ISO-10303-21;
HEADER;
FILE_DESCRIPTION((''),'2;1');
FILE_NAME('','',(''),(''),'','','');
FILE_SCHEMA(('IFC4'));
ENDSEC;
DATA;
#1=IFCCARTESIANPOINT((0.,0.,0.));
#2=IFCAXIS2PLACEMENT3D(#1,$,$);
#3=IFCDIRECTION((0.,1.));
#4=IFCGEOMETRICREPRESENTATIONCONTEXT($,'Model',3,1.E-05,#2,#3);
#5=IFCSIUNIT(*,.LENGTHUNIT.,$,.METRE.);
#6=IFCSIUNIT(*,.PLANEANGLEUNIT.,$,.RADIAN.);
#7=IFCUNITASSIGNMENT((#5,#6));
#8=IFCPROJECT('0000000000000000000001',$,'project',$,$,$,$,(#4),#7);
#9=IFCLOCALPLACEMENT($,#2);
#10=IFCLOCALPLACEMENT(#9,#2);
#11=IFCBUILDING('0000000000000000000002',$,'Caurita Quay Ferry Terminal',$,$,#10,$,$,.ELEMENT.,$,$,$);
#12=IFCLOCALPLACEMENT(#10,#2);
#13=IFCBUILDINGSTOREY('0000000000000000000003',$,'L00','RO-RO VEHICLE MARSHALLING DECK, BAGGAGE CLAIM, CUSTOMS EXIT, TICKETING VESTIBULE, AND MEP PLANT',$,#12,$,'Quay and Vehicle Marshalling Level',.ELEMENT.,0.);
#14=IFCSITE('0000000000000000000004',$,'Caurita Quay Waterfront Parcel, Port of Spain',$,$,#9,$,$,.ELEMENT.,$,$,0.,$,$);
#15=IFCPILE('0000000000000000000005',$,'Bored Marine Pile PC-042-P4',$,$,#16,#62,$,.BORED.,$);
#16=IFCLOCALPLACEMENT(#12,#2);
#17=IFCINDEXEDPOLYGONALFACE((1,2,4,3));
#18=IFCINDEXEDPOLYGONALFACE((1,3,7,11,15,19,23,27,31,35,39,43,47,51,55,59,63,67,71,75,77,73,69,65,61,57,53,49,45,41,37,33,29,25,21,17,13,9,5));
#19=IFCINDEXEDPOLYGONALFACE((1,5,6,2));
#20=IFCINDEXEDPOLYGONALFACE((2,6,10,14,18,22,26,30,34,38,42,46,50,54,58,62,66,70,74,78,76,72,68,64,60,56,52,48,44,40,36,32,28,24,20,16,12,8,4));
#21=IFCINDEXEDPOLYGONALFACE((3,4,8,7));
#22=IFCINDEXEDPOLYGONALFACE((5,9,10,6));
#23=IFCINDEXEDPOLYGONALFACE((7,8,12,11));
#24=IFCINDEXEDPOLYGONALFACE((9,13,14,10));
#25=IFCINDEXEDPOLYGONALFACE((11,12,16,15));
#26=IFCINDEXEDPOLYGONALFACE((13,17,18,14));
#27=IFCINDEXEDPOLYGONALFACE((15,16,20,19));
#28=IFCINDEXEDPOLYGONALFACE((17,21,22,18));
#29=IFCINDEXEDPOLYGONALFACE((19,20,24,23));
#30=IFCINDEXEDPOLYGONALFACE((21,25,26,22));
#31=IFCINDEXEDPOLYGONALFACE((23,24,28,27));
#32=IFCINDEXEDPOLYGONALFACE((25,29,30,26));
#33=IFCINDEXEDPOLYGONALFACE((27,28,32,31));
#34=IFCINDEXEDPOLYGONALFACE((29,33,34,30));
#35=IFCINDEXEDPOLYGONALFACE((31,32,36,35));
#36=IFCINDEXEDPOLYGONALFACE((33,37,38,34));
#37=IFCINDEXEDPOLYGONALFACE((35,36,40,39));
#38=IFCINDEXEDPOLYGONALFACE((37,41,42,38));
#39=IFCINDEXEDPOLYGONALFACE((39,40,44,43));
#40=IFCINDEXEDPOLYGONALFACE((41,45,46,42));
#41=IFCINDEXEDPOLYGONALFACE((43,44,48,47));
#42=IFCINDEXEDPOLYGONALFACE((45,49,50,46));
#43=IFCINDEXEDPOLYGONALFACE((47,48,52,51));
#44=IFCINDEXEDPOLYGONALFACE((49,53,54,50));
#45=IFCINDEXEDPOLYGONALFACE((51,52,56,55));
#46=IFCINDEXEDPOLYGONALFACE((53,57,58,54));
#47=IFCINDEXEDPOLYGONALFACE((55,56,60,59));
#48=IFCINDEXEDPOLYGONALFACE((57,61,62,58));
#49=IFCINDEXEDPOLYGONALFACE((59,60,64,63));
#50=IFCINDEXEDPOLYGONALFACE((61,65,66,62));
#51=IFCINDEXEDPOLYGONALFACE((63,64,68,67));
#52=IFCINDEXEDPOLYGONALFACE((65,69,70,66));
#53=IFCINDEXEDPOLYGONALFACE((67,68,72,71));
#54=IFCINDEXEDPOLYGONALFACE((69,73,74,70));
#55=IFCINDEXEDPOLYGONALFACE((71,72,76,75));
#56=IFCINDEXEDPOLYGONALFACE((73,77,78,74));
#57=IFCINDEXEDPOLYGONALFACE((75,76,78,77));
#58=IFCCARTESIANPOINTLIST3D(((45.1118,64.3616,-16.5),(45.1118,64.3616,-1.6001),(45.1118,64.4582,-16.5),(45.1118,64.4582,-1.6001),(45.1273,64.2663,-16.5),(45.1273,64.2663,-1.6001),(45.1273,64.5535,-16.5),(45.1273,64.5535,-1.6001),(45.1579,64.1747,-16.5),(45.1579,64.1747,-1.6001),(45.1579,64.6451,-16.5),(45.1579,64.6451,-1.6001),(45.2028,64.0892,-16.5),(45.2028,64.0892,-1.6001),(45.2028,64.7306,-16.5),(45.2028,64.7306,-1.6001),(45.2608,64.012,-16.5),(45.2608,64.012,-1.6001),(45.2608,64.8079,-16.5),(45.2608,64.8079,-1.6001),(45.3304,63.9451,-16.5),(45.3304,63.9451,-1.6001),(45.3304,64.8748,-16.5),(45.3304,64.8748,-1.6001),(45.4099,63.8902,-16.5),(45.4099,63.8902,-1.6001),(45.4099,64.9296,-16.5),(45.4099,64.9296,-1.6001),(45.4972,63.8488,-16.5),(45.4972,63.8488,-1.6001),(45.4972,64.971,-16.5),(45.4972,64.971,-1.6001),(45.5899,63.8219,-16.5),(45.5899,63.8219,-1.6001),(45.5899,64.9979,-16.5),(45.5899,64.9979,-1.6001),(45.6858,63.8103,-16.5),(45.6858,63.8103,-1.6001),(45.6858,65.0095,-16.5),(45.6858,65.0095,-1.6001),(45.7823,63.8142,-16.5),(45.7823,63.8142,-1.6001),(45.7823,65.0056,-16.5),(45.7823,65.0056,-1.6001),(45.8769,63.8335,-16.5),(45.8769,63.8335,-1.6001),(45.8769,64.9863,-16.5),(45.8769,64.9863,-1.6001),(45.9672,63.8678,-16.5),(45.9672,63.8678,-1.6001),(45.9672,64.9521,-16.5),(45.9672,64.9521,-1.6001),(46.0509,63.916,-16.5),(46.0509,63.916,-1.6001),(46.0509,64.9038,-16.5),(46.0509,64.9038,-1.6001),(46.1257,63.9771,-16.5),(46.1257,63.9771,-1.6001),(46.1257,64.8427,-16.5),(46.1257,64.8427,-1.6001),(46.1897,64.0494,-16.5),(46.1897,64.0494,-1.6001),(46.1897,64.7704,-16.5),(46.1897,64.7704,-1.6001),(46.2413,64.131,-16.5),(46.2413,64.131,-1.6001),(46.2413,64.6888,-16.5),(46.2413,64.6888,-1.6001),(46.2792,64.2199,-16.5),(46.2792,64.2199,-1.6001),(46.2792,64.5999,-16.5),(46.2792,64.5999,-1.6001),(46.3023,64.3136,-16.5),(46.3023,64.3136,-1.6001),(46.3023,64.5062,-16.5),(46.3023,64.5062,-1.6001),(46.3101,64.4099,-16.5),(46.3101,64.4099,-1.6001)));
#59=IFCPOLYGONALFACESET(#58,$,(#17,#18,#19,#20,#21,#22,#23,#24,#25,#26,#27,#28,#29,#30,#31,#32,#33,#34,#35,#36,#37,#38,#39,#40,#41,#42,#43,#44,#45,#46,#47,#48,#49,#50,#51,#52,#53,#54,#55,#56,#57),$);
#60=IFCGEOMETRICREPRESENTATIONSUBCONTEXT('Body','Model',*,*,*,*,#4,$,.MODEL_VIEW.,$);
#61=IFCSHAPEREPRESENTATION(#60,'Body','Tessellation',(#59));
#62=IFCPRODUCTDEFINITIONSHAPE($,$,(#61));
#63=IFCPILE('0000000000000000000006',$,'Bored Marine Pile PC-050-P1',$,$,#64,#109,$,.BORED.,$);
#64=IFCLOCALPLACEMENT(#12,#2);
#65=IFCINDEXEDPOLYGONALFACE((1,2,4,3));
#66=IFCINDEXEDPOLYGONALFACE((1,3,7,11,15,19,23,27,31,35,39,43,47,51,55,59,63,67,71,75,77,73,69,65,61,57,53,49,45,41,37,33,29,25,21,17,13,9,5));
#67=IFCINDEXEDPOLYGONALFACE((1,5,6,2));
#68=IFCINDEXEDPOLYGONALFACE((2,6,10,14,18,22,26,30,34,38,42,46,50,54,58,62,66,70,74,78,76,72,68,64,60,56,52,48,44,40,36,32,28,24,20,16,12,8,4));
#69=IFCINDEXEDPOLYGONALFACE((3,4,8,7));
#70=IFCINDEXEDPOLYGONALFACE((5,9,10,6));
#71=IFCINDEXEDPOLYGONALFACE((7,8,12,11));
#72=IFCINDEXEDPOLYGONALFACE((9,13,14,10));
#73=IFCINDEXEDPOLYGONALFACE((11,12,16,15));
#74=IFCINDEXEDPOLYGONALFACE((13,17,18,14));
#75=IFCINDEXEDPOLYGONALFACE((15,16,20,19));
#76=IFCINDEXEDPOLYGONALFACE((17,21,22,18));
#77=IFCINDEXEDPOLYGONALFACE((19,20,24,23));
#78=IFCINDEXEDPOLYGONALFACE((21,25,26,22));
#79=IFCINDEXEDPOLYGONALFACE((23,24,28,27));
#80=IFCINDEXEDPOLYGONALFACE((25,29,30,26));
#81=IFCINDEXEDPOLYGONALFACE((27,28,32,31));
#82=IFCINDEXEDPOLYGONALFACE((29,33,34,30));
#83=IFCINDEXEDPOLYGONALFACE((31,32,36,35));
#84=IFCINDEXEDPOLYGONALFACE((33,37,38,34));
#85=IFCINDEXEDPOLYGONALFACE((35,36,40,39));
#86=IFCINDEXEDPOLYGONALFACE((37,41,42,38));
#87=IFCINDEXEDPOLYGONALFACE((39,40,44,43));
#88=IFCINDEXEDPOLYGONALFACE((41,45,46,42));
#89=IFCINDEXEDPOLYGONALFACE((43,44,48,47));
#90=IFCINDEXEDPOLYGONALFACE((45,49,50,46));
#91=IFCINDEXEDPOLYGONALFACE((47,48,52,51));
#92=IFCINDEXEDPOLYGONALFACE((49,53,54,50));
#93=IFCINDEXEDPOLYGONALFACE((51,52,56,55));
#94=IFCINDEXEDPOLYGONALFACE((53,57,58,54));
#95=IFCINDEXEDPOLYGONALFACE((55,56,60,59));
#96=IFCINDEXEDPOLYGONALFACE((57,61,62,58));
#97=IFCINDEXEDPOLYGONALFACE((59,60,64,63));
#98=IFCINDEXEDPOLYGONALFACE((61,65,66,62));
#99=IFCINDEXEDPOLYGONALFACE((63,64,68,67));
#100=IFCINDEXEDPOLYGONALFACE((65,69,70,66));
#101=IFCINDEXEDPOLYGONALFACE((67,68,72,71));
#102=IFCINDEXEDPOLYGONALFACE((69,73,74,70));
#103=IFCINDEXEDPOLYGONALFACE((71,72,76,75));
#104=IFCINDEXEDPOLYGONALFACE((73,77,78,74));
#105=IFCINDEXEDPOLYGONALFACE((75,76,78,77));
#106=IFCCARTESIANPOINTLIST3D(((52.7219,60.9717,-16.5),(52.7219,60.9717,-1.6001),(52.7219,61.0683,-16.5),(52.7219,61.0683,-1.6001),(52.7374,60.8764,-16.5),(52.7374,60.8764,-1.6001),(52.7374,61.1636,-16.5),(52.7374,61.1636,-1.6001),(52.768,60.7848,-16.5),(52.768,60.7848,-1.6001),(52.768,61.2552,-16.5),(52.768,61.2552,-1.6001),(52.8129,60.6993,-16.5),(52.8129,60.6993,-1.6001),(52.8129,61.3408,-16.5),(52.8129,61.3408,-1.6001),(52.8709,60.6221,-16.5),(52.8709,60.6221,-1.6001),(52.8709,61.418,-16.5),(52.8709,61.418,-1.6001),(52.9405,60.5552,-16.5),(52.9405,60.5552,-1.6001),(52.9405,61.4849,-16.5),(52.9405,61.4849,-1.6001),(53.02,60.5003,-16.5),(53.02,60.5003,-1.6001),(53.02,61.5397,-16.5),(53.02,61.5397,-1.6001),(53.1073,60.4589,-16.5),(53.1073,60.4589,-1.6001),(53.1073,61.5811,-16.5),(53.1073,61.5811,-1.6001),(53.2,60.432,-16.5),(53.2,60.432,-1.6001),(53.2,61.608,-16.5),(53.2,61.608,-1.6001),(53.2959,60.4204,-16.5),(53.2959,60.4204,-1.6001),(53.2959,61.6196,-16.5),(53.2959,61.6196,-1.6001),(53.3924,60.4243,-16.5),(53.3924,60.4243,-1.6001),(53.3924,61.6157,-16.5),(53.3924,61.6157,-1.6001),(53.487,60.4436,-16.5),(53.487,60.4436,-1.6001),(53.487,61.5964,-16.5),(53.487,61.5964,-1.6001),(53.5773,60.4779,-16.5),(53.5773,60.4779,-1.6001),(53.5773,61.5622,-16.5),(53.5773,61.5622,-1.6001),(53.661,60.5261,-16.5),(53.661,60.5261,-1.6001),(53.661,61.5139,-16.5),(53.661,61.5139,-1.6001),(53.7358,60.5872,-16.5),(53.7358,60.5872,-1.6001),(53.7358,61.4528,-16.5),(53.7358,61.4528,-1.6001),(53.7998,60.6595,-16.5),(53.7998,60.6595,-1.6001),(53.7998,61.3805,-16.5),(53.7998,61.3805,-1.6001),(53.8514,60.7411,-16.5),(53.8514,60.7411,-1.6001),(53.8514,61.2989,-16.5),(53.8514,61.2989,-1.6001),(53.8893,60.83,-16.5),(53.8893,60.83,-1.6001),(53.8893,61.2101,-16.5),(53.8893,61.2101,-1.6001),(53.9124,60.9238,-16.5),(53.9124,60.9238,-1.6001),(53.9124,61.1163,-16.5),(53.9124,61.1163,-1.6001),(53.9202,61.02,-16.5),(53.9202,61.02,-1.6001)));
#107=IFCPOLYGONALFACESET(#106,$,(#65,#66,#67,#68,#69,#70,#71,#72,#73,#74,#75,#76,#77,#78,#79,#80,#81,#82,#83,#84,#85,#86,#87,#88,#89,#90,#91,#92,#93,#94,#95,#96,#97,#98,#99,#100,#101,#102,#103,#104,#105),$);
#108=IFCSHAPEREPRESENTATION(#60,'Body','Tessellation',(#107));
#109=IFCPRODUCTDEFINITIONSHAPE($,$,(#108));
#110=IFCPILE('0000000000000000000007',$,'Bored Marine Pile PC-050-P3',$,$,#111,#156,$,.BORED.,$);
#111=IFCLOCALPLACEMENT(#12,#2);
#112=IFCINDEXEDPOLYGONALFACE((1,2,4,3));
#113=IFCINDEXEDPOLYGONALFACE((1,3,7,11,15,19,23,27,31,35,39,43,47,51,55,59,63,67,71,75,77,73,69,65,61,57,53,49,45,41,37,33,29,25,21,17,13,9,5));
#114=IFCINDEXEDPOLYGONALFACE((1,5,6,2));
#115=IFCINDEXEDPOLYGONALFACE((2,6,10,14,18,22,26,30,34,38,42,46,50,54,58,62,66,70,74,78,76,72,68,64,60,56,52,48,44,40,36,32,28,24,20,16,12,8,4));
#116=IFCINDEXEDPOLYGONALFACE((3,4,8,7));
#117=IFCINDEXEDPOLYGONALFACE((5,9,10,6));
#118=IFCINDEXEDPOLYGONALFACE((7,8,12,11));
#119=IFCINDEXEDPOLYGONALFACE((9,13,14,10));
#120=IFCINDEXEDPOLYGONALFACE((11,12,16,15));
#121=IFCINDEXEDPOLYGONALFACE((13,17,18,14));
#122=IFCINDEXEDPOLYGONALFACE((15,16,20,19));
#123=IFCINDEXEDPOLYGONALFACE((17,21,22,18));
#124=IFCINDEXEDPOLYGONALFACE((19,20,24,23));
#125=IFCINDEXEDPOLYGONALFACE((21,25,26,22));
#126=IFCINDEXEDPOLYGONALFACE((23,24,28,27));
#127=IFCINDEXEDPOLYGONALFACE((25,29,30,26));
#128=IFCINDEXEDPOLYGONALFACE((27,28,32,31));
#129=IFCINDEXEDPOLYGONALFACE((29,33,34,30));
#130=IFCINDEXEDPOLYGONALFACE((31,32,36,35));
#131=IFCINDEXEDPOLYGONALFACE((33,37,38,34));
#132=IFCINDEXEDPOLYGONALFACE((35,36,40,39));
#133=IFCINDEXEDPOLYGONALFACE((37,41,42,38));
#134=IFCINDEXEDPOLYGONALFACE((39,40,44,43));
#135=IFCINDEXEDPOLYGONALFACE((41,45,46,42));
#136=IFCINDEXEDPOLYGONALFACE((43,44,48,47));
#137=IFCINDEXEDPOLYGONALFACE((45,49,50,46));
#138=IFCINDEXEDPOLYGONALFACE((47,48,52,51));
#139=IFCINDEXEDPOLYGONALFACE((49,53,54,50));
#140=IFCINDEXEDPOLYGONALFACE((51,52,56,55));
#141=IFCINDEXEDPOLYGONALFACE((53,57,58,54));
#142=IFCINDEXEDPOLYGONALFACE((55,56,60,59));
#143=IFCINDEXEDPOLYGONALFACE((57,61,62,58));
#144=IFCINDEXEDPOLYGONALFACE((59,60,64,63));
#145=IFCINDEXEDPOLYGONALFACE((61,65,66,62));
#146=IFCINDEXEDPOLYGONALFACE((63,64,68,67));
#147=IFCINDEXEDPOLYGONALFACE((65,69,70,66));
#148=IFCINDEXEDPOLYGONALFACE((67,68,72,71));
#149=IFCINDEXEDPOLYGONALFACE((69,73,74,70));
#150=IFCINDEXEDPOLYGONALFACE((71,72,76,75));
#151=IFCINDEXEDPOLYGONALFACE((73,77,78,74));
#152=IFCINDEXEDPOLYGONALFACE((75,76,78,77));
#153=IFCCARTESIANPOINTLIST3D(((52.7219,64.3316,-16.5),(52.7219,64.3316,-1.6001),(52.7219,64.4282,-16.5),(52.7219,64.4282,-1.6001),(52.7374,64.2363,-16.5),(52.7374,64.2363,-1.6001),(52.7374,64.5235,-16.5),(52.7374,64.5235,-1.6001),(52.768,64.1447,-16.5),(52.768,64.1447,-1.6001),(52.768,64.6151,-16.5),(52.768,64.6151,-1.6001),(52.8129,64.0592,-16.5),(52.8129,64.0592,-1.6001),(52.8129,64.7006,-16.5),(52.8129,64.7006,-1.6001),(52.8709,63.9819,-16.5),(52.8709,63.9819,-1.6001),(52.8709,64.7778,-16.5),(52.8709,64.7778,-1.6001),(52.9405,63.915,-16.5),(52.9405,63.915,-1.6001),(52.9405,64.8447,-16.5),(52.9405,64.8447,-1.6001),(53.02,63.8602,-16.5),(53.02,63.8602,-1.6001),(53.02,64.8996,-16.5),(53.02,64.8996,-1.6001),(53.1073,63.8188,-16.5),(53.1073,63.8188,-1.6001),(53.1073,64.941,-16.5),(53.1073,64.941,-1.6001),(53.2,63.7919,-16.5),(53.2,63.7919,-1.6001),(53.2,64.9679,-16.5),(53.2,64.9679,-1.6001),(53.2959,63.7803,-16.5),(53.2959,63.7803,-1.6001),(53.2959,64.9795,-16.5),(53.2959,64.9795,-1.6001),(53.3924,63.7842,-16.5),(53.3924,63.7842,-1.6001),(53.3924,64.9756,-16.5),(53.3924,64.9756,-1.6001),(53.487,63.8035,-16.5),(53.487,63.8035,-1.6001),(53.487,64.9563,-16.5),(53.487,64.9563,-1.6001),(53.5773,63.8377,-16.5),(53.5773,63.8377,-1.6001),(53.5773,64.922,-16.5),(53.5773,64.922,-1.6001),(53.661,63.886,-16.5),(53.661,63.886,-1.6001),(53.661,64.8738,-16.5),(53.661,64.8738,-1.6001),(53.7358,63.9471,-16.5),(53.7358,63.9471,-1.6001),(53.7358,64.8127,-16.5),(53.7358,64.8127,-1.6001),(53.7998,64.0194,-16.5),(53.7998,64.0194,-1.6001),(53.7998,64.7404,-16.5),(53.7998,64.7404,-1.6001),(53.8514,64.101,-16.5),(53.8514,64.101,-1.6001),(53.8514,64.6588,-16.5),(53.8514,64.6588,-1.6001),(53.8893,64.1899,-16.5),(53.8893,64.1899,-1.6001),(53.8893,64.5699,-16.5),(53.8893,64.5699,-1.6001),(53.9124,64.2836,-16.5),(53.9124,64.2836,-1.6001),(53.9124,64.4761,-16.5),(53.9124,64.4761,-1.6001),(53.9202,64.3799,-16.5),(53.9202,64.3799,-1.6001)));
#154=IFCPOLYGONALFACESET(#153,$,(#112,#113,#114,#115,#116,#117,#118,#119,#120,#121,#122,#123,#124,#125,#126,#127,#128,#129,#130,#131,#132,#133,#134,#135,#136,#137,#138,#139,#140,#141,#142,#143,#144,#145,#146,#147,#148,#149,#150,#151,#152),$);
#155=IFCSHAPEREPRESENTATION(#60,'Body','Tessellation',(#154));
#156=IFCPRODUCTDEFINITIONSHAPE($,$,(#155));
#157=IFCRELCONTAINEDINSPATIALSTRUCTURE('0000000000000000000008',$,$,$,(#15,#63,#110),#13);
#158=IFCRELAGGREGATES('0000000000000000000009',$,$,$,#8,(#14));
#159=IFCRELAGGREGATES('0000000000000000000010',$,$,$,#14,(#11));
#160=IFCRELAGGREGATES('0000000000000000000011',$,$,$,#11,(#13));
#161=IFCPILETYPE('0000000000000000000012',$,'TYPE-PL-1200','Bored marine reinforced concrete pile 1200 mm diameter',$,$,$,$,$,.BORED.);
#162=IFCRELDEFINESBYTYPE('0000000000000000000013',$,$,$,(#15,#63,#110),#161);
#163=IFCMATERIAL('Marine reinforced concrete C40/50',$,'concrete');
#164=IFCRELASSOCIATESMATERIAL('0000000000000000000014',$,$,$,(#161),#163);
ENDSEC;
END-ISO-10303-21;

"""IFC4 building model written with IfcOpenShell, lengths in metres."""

from ifc_helpers import new_model, si_unit, direction, frame, origin, origin_2d, place, context, subcontext, project, spatial, circle, extrude, material, material_profile, profile_set, type_object, element, save


model = new_model("IFC4")

# Units and contexts
model_context = context("Model", 3, precision=1e-05, world=origin(), true_north=direction((0.0, 1.0)))
body_context = subcontext(model_context, "Body", "Model", "MODEL_VIEW")
ifc_project = project(units=[si_unit("LENGTHUNIT", "METRE"), si_unit("PLANEANGLEUNIT", "RADIAN")], contexts=[model_context])

# Site, building, storey
site_placement = place(None, origin())
site = spatial("IfcSite", under=ifc_project, at=site_placement, Name="Caurita Quay Waterfront Parcel, Port of Spain", CompositionType="ELEMENT", RefElevation=0.0)
building_placement = place(site_placement, origin())
building = spatial("IfcBuilding", under=site, at=building_placement, Name="Caurita Quay Ferry Terminal", CompositionType="ELEMENT")
storey_placement = place(building_placement, origin())
storey = spatial("IfcBuildingStorey", under=building, at=storey_placement, Name="L00", Description="RO-RO VEHICLE MARSHALLING DECK, BAGGAGE CLAIM, CUSTOMS EXIT, TICKETING VESTIBULE, AND MEP PLANT", LongName="Quay and Vehicle Marshalling Level", CompositionType="ELEMENT", Elevation=0.0)

# Piles
ifc_material_1 = material(Name="Marine reinforced concrete C40/50", Category="concrete")
ifc_material_profile_1 = material_profile(ifc_material_1, circle(Radius=0.6001, at=origin_2d()), Name="PILE-D1200")
ifc_profile_set_1 = profile_set([ifc_material_profile_1], Name="Marine reinforced concrete C40/50")
pile_type_1 = type_object("IfcPileType", Name="TYPE-PL-1200", Description="Bored marine reinforced concrete pile 1200 mm diameter", PredefinedType="BORED", material=ifc_profile_set_1)
for number, where, z_axis, x_axis, name in (
    (1, (45.71, 64.4099, -1.6001), (0.0, 0.0, -1.0), (1.0, 0.0, 0.0), "Bored Marine Pile PC-042-P4"),
    (2, (53.3201, 61.02, -1.6001), (0.0, 0.0, -1.0), (1.0, 0.0, 0.0), "Bored Marine Pile PC-050-P1"),
    (3, (53.3201, 64.3799, -1.6001), (0.0, 0.0, -1.0), (1.0, 0.0, 0.0), "Bored Marine Pile PC-050-P3"),
):
    element("IfcPile", number, at=place(storey_placement, frame(where, z_axis=z_axis, x_axis=x_axis)), inside=storey, type_object=pile_type_1, Name=name, PredefinedType="BORED", context=body_context, shape_type="SweptSolid", body=[
        extrude(circle(Radius=0.6001, at=origin_2d()), origin(), (0.0, 0.0, 1.0), 14.8999),
    ])

save(model, "model.ifc")
